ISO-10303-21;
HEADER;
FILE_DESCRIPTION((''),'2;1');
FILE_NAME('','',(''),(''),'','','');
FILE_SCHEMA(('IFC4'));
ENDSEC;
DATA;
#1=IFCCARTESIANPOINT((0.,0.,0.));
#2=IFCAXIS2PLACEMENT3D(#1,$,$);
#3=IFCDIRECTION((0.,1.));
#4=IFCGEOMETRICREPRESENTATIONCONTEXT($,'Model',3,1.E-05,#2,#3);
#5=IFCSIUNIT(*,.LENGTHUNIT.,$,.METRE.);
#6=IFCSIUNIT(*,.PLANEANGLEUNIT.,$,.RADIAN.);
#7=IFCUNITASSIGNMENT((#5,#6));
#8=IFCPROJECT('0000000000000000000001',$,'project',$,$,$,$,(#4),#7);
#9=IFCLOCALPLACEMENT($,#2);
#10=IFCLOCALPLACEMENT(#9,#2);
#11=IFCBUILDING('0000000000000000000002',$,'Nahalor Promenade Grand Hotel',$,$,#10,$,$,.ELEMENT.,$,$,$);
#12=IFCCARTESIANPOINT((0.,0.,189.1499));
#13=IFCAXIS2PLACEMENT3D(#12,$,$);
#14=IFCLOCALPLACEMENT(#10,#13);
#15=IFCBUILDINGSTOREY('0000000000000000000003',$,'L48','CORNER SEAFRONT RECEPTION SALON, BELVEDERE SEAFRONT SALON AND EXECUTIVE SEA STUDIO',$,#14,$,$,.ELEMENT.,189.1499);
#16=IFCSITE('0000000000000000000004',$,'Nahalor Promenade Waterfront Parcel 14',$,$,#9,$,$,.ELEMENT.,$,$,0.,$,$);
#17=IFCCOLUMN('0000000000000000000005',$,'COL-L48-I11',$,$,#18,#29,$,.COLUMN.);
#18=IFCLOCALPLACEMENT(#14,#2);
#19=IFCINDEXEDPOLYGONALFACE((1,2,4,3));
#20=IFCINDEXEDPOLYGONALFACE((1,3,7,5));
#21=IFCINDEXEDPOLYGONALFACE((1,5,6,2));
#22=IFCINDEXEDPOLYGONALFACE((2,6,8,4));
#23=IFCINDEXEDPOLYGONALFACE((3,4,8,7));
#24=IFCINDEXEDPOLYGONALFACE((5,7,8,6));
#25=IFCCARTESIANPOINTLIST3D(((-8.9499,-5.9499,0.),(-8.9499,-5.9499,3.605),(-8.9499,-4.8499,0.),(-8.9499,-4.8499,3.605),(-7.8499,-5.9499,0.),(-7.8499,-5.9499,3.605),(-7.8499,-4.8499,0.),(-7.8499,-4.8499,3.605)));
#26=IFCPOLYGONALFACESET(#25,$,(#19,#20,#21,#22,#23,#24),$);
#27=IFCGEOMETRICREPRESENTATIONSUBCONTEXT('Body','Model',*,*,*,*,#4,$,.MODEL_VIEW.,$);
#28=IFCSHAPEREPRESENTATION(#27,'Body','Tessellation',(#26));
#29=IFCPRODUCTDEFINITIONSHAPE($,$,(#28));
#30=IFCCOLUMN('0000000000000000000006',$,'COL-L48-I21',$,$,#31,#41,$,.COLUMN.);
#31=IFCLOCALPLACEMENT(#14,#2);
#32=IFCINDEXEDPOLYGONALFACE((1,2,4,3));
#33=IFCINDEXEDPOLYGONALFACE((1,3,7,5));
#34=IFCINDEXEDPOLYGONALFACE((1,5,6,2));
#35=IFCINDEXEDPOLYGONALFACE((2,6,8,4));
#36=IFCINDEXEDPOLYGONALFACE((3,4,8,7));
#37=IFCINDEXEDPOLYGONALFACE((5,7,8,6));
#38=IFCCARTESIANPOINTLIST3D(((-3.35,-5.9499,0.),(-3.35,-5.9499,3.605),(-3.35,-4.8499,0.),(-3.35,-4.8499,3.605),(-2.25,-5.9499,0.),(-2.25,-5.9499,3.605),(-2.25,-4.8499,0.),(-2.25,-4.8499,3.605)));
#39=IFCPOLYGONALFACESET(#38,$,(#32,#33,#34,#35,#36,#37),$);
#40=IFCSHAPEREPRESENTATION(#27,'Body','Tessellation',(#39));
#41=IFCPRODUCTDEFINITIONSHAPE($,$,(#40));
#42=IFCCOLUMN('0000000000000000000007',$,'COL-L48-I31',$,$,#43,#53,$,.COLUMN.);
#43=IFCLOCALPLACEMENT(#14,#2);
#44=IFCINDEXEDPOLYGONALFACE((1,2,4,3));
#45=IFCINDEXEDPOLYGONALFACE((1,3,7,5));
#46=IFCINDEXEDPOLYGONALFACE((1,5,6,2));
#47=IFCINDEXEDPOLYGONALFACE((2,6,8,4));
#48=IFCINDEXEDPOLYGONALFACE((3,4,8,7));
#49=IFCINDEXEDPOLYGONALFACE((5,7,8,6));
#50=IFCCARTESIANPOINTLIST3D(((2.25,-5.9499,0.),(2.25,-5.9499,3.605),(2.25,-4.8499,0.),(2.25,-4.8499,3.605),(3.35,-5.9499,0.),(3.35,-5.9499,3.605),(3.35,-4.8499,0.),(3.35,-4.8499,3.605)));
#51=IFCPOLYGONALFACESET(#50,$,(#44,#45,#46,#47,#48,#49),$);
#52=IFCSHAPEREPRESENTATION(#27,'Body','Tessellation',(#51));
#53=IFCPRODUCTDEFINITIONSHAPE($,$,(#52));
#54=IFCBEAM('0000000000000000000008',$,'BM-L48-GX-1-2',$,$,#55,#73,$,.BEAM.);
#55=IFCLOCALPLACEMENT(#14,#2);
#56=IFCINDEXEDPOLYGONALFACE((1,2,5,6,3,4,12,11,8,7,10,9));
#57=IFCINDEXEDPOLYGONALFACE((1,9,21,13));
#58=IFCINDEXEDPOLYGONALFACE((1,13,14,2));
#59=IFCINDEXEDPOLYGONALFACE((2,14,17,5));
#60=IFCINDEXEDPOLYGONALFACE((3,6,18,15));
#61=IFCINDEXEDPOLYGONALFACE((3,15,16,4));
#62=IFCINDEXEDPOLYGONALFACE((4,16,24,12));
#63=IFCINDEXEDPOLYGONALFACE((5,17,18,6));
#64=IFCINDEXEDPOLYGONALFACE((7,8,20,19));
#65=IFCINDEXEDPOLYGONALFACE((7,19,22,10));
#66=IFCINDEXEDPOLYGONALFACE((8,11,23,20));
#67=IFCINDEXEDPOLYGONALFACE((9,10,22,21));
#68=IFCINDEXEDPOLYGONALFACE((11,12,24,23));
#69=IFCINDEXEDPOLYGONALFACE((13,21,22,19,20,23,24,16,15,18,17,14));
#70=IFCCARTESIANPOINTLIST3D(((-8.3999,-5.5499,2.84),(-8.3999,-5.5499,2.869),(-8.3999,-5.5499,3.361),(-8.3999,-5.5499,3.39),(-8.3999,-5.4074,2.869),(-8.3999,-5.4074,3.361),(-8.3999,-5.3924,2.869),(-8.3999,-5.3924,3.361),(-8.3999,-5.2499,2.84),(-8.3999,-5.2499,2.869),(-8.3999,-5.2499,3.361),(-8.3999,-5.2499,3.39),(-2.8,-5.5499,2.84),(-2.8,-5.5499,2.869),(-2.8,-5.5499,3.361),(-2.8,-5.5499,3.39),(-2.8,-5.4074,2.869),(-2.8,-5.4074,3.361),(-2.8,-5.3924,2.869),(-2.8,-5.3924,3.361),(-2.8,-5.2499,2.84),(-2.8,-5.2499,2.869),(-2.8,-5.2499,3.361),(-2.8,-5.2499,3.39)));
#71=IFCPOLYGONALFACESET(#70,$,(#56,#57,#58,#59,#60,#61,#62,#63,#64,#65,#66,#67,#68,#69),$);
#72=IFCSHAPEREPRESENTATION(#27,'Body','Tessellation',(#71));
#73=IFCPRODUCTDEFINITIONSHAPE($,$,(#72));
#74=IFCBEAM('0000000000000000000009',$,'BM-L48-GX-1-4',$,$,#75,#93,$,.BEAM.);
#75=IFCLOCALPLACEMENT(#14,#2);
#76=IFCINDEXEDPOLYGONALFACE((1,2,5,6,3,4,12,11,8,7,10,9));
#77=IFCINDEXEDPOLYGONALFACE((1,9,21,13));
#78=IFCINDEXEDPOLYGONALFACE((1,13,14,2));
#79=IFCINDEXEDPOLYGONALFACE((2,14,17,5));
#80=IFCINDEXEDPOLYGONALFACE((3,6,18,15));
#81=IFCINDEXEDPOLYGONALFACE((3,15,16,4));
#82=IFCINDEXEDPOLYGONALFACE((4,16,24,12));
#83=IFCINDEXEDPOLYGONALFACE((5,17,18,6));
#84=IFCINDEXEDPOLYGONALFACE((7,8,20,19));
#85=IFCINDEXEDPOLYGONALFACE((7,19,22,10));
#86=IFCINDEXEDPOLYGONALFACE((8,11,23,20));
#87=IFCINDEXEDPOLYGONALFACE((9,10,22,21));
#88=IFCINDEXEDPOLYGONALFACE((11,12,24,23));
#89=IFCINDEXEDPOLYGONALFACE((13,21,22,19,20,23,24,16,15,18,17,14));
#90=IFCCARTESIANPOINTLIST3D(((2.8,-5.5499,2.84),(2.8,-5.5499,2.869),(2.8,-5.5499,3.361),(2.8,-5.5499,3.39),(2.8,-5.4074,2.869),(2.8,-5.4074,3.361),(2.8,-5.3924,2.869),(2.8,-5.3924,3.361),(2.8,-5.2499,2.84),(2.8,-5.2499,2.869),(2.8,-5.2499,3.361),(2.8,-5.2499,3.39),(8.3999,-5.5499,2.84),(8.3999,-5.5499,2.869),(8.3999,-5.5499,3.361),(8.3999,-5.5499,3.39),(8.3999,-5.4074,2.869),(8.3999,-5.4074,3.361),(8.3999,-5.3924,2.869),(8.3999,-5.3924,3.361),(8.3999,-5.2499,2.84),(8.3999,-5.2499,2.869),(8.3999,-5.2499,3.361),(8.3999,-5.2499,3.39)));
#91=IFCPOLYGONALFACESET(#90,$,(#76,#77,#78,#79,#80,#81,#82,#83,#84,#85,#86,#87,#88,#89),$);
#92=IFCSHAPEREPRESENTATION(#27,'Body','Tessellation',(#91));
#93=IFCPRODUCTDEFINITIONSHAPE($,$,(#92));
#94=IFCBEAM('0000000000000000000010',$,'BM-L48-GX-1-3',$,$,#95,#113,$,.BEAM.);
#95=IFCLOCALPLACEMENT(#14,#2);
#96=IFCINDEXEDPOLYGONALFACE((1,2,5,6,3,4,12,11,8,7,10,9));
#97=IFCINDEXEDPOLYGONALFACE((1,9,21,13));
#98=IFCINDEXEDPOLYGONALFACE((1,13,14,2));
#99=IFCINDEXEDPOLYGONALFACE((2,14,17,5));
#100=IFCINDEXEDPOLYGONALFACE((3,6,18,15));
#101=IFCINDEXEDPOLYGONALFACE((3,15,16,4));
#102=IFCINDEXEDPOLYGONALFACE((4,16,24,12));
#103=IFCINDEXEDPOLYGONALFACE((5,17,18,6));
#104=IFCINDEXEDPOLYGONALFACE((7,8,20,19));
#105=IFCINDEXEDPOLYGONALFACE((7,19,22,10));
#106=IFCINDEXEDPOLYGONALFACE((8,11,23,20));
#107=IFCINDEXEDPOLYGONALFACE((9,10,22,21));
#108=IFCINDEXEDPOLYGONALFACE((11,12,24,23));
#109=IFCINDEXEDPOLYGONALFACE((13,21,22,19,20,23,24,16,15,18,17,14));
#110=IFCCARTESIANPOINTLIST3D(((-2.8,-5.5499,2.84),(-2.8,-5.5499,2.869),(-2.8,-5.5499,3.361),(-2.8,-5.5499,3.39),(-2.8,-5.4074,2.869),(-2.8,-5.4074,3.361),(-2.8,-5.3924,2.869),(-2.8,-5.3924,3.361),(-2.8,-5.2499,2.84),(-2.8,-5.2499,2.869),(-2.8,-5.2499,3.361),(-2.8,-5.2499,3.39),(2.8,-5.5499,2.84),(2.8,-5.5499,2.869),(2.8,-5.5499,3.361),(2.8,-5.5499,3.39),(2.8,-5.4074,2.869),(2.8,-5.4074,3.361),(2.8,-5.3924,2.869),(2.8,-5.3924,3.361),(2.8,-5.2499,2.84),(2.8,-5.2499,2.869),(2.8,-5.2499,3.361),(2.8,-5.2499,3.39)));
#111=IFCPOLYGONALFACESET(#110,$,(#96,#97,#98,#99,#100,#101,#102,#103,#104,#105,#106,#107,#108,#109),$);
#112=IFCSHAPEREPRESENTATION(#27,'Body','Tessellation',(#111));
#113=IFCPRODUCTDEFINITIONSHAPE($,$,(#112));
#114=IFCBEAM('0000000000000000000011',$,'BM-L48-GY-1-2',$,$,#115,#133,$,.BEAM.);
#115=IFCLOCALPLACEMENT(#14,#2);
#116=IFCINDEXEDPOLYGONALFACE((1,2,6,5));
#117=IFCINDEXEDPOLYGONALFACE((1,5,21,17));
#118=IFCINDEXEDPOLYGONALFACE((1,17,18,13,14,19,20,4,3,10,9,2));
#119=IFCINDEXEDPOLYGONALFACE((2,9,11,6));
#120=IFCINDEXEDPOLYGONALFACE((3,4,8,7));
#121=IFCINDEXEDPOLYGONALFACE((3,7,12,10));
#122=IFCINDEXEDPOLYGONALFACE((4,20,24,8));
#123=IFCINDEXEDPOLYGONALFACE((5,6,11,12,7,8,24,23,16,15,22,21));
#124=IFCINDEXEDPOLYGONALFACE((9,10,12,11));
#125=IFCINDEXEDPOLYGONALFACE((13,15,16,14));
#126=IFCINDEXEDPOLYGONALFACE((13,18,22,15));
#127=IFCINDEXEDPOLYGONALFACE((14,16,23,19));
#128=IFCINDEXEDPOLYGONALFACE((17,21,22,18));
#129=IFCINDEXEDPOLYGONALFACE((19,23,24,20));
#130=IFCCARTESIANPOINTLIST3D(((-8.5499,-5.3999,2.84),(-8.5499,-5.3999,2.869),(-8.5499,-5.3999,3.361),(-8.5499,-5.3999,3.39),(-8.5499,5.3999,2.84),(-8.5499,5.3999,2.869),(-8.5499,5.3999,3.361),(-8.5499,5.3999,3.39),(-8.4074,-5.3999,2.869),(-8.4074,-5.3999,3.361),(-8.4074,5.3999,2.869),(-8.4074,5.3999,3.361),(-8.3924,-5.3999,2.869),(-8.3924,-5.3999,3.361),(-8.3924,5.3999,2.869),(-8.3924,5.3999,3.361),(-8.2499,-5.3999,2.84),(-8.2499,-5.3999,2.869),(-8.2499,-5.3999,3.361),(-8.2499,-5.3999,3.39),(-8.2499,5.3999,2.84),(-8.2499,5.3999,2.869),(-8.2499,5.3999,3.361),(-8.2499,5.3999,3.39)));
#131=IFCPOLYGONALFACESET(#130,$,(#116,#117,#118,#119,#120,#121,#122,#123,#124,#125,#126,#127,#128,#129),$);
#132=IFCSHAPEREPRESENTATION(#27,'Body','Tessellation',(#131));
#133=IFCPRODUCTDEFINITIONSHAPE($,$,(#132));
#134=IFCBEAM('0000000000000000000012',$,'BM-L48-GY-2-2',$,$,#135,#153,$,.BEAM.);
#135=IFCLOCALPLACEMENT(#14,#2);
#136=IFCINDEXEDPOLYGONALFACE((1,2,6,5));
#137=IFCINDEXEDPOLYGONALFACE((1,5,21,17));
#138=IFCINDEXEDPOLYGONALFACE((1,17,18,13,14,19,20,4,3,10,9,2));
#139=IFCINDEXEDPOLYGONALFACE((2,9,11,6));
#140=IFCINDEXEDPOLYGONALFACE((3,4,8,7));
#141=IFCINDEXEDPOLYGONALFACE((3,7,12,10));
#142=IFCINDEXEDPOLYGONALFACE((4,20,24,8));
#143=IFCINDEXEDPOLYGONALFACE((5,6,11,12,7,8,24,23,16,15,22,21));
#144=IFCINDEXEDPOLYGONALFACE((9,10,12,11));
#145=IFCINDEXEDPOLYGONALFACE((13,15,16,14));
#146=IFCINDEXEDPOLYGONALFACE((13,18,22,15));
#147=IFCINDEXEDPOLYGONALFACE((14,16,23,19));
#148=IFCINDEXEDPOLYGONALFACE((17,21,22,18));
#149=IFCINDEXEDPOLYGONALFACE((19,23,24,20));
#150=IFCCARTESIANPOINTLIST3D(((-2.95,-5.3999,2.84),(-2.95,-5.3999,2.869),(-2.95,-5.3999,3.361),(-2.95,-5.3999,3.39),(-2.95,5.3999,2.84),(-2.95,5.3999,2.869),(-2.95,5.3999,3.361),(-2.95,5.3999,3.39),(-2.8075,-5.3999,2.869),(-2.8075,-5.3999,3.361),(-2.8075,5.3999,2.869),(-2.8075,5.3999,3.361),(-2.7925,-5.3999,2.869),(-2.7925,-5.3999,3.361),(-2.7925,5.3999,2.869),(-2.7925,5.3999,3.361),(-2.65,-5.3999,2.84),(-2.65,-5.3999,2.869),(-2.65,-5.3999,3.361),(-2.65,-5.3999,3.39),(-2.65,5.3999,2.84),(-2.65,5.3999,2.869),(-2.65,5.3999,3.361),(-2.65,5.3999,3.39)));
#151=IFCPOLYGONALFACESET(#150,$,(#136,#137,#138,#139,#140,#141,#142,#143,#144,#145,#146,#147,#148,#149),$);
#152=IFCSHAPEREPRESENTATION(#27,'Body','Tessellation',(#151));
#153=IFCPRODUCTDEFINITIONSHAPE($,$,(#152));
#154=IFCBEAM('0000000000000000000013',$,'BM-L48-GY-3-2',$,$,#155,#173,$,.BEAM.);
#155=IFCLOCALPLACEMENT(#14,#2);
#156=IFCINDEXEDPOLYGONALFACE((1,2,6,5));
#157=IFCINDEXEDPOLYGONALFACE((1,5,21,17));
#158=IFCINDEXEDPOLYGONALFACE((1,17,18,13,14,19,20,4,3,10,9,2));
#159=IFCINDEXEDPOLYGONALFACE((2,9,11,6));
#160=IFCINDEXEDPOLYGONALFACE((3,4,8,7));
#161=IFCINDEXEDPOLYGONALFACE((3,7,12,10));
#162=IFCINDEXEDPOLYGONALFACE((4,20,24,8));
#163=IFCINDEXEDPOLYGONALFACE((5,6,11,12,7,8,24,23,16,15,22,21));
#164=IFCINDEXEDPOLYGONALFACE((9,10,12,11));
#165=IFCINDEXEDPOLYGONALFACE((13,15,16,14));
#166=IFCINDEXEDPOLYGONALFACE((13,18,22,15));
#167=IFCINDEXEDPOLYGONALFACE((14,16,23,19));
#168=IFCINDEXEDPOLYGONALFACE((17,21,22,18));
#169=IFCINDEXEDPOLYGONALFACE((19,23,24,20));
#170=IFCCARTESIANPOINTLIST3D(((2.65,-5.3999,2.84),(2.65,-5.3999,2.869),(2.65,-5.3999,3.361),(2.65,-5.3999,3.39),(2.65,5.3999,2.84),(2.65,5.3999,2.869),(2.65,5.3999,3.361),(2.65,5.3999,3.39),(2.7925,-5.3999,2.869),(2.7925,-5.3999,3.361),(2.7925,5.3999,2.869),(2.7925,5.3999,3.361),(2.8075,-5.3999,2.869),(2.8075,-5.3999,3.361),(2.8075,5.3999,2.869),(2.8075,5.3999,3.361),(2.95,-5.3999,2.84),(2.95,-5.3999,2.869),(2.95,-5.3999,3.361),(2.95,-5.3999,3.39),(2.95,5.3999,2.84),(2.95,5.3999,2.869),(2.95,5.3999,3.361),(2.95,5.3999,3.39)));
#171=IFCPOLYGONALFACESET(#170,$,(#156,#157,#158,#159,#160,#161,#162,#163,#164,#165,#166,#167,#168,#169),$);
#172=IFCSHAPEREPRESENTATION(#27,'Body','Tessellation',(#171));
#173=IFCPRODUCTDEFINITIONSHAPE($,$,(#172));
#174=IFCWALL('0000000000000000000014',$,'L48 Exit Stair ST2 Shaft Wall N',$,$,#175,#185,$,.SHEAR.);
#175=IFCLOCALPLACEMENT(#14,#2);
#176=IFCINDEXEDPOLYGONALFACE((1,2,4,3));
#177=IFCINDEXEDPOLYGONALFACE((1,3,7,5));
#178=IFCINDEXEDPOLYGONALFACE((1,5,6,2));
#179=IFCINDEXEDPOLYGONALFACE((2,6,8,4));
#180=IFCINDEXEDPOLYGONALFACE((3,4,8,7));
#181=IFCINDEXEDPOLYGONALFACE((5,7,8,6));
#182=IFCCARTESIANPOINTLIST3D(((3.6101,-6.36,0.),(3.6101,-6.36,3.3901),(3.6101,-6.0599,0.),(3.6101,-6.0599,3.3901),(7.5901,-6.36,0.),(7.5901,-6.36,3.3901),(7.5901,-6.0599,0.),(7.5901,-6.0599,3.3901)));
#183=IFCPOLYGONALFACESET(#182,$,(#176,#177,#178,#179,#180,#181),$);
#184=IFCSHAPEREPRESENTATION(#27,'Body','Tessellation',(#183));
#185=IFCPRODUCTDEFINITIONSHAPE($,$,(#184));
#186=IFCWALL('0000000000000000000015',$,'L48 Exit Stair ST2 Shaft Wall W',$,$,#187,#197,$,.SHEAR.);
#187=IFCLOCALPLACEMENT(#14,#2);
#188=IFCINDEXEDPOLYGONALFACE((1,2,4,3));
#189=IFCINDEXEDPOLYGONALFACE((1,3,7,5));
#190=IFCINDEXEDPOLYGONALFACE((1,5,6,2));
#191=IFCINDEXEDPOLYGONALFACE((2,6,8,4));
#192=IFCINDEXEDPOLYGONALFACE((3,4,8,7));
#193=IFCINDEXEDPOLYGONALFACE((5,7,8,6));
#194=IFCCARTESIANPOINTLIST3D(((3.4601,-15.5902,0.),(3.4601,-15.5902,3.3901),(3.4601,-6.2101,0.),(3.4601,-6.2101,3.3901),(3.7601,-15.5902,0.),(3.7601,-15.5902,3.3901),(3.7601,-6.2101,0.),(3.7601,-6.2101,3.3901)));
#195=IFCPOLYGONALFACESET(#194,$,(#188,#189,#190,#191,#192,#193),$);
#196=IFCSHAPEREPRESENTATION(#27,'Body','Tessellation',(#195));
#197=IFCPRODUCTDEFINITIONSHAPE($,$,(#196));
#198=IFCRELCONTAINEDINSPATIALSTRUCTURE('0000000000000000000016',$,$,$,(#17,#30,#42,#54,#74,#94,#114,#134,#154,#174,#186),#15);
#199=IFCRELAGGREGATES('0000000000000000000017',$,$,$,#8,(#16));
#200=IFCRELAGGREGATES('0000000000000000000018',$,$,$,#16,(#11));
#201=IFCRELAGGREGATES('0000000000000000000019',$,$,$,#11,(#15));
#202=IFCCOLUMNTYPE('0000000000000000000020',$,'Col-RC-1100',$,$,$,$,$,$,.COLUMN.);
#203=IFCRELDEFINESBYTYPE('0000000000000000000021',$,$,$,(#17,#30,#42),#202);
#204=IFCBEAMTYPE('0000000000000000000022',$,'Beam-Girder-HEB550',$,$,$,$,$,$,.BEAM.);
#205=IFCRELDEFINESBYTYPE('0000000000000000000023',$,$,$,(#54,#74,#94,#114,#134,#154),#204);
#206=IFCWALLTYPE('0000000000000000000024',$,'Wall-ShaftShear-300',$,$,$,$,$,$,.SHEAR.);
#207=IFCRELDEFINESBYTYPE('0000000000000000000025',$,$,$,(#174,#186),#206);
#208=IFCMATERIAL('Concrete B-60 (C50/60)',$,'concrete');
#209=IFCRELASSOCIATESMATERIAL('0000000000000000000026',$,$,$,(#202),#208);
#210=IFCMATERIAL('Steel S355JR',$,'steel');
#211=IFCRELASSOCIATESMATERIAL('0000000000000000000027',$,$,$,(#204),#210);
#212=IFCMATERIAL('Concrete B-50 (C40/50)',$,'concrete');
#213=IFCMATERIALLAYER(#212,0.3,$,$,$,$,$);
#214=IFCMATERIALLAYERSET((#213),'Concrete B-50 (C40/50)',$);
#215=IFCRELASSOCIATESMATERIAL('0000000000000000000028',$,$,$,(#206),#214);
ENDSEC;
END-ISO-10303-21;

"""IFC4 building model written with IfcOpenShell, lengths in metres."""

from ifc_helpers import new_model, si_unit, direction, frame, frame_2d, origin, origin_2d, place, context, subcontext, project, spatial, rectangle, i_section, extrude, source, transform, mapped, material, layer, layer_set, material_profile, profile_set, type_object, element, save


model = new_model("IFC4")

# Units and contexts
model_context = context("Model", 3, precision=1e-05, world=origin(), true_north=direction((0.0, 1.0)))
body_context = subcontext(model_context, "Body", "Model", "MODEL_VIEW")
ifc_project = project(units=[si_unit("LENGTHUNIT", "METRE"), si_unit("PLANEANGLEUNIT", "RADIAN")], contexts=[model_context])

# Site, building, storey
site_placement = place(None, origin())
site = spatial("IfcSite", under=ifc_project, at=site_placement, Name="Nahalor Promenade Waterfront Parcel 14", CompositionType="ELEMENT", RefElevation=0.0)
building_placement = place(site_placement, origin())
building = spatial("IfcBuilding", under=site, at=building_placement, Name="Nahalor Promenade Grand Hotel", CompositionType="ELEMENT")
storey_placement = place(building_placement, frame((0.0, 0.0, 189.1499)))
storey = spatial("IfcBuildingStorey", under=building, at=storey_placement, Name="L48", Description="CORNER SEAFRONT RECEPTION SALON, BELVEDERE SEAFRONT SALON AND EXECUTIVE SEA STUDIO", CompositionType="ELEMENT", Elevation=189.1499)

# Columns
ifc_material_1 = material(Name="Concrete B-60 (C50/60)", Category="concrete")
ifc_material_profile_1 = material_profile(ifc_material_1, rectangle(XDim=1.1, YDim=1.1, at=origin_2d()), Name="RC 1100x1100")
ifc_profile_set_1 = profile_set([ifc_material_profile_1], Name="Concrete B-60 (C50/60)")
column_type = type_object("IfcColumnType", Name="Col-RC-1100", PredefinedType="COLUMN", material=ifc_profile_set_1)
shared_shape_1 = source(origin(), body_context, "Body", "SweptSolid", [
    extrude(rectangle(XDim=1.1, YDim=1.1, at=origin_2d()), origin(), (0.0, 0.0, 1.0), 3.605),
])
for number, where, z_axis, x_axis, name in (
    (1, (-8.3999, -5.3999, 0.0), (0.0, 0.0, 1.0), (1.0, 0.0, 0.0), "COL-L48-I11"),
    (2, (-2.8, -5.3999, 0.0), (0.0, 0.0, 1.0), (1.0, 0.0, 0.0), "COL-L48-I21"),
    (3, (2.8, -5.3999, 0.0), (0.0, 0.0, 1.0), (1.0, 0.0, 0.0), "COL-L48-I31"),
):
    element("IfcColumn", number, at=place(storey_placement, frame(where, z_axis=z_axis, x_axis=x_axis)), inside=storey, type_object=column_type, Name=name, PredefinedType="COLUMN", context=body_context, shape_type="MappedRepresentation", body=[
        mapped(shared_shape_1, transform((0.0, 0.0, 0.0), scale=1.0)),
    ])

# Beams
ifc_material_2 = material(Name="Steel S355JR", Category="steel")
ifc_material_profile_2 = material_profile(ifc_material_2, i_section(OverallWidth=0.3, OverallDepth=0.55, WebThickness=0.015, FlangeThickness=0.029, at=origin_2d()), Name="HEB 550")
ifc_profile_set_2 = profile_set([ifc_material_profile_2], Name="Steel S355JR")
beam_type = type_object("IfcBeamType", Name="Beam-Girder-HEB550", PredefinedType="BEAM", material=ifc_profile_set_2)
shared_shape_2 = source(origin(), body_context, "Body", "SweptSolid", [
    extrude(i_section(OverallWidth=0.3, OverallDepth=0.55, WebThickness=0.015, FlangeThickness=0.029, at=origin_2d()), origin(), (0.0, 0.0, 1.0), 5.5999),
])
for number, where, z_axis, x_axis, name in (
    (4, (-8.3999, -5.3999, 3.115), (1.0, 0.0, 0.0), (0.0, 1.0, 0.0), "BM-L48-GX-1-2"),
    (5, (2.8, -5.3999, 3.115), (1.0, 0.0, 0.0), (0.0, 1.0, 0.0), "BM-L48-GX-1-4"),
):
    element("IfcBeam", number, at=place(storey_placement, frame(where, z_axis=z_axis, x_axis=x_axis)), inside=storey, type_object=beam_type, Name=name, PredefinedType="BEAM", context=body_context, shape_type="MappedRepresentation", body=[
        mapped(shared_shape_2, transform((0.0, 0.0, 0.0), scale=1.0)),
    ])
shared_shape_3 = source(origin(), body_context, "Body", "SweptSolid", [
    extrude(i_section(OverallWidth=0.3, OverallDepth=0.55, WebThickness=0.015, FlangeThickness=0.029, at=origin_2d()), origin(), (0.0, 0.0, 1.0), 5.6001),
])
beam_placement = place(storey_placement, frame((-2.8, -5.3999, 3.115), z_axis=(1.0, 0.0, 0.0), x_axis=(0.0, 1.0, 0.0)))
element("IfcBeam", 6, at=beam_placement, inside=storey, type_object=beam_type, Name="BM-L48-GX-1-3", PredefinedType="BEAM", context=body_context, shape_type="MappedRepresentation", body=[
    mapped(shared_shape_3, transform((0.0, 0.0, 0.0), scale=1.0)),
])
shared_shape_4 = source(origin(), body_context, "Body", "SweptSolid", [
    extrude(i_section(OverallWidth=0.3, OverallDepth=0.55, WebThickness=0.015, FlangeThickness=0.029, at=origin_2d()), origin(), (0.0, 0.0, 1.0), 10.7998),
])
for number, where, z_axis, x_axis, name in (
    (7, (-8.3999, -5.3999, 3.115), (0.0, 1.0, 0.0), (-1.0, 0.0, 0.0), "BM-L48-GY-1-2"),
    (8, (-2.8, -5.3999, 3.115), (0.0, 1.0, 0.0), (-1.0, 0.0, 0.0), "BM-L48-GY-2-2"),
    (9, (2.8, -5.3999, 3.115), (0.0, 1.0, 0.0), (-1.0, 0.0, 0.0), "BM-L48-GY-3-2"),
):
    element("IfcBeam", number, at=place(storey_placement, frame(where, z_axis=z_axis, x_axis=x_axis)), inside=storey, type_object=beam_type, Name=name, PredefinedType="BEAM", context=body_context, shape_type="MappedRepresentation", body=[
        mapped(shared_shape_4, transform((0.0, 0.0, 0.0), scale=1.0)),
    ])

# Wall
ifc_material_3 = material(Name="Concrete B-50 (C40/50)", Category="concrete")
ifc_layer_1 = layer(ifc_material_3, 0.3)
ifc_layer_set_1 = layer_set([ifc_layer_1], Name="Concrete B-50 (C40/50)")
wall_type_1 = type_object("IfcWallType", Name="Wall-ShaftShear-300", PredefinedType="SHEAR", material=ifc_layer_set_1)
shared_shape_5 = source(origin(), body_context, "Body", "SweptSolid", [
    extrude(rectangle(XDim=3.98, YDim=0.3, at=frame_2d((1.99, 0.0))), origin(), (0.0, 0.0, 1.0), 3.3901),
])
wall_1_placement = place(storey_placement, frame((3.6101, -6.21, 0.0), z_axis=(0.0, 0.0, 1.0), x_axis=(1.0, 0.0, 0.0)))
element("IfcWall", 10, at=wall_1_placement, inside=storey, type_object=wall_type_1, Name="L48 Exit Stair ST2 Shaft Wall N", PredefinedType="SHEAR", context=body_context, shape_type="MappedRepresentation", body=[
    mapped(shared_shape_5, transform((0.0, 0.0, 0.0), scale=1.0)),
])

# Wall
shared_shape_6 = source(origin(), body_context, "Body", "SweptSolid", [
    extrude(rectangle(XDim=9.3801, YDim=0.3, at=frame_2d((4.6899, 0.0))), origin(), (0.0, 0.0, 1.0), 3.3901),
])
wall_2_placement = place(storey_placement, frame((3.6101, -15.5901, 0.0), z_axis=(0.0, 0.0, 1.0), x_axis=(0.0, 1.0, 0.0)))
element("IfcWall", 11, at=wall_2_placement, inside=storey, type_object=wall_type_1, Name="L48 Exit Stair ST2 Shaft Wall W", PredefinedType="SHEAR", context=body_context, shape_type="MappedRepresentation", body=[
    mapped(shared_shape_6, transform((0.0, 0.0, 0.0), scale=1.0)),
])

save(model, "model.ifc")
